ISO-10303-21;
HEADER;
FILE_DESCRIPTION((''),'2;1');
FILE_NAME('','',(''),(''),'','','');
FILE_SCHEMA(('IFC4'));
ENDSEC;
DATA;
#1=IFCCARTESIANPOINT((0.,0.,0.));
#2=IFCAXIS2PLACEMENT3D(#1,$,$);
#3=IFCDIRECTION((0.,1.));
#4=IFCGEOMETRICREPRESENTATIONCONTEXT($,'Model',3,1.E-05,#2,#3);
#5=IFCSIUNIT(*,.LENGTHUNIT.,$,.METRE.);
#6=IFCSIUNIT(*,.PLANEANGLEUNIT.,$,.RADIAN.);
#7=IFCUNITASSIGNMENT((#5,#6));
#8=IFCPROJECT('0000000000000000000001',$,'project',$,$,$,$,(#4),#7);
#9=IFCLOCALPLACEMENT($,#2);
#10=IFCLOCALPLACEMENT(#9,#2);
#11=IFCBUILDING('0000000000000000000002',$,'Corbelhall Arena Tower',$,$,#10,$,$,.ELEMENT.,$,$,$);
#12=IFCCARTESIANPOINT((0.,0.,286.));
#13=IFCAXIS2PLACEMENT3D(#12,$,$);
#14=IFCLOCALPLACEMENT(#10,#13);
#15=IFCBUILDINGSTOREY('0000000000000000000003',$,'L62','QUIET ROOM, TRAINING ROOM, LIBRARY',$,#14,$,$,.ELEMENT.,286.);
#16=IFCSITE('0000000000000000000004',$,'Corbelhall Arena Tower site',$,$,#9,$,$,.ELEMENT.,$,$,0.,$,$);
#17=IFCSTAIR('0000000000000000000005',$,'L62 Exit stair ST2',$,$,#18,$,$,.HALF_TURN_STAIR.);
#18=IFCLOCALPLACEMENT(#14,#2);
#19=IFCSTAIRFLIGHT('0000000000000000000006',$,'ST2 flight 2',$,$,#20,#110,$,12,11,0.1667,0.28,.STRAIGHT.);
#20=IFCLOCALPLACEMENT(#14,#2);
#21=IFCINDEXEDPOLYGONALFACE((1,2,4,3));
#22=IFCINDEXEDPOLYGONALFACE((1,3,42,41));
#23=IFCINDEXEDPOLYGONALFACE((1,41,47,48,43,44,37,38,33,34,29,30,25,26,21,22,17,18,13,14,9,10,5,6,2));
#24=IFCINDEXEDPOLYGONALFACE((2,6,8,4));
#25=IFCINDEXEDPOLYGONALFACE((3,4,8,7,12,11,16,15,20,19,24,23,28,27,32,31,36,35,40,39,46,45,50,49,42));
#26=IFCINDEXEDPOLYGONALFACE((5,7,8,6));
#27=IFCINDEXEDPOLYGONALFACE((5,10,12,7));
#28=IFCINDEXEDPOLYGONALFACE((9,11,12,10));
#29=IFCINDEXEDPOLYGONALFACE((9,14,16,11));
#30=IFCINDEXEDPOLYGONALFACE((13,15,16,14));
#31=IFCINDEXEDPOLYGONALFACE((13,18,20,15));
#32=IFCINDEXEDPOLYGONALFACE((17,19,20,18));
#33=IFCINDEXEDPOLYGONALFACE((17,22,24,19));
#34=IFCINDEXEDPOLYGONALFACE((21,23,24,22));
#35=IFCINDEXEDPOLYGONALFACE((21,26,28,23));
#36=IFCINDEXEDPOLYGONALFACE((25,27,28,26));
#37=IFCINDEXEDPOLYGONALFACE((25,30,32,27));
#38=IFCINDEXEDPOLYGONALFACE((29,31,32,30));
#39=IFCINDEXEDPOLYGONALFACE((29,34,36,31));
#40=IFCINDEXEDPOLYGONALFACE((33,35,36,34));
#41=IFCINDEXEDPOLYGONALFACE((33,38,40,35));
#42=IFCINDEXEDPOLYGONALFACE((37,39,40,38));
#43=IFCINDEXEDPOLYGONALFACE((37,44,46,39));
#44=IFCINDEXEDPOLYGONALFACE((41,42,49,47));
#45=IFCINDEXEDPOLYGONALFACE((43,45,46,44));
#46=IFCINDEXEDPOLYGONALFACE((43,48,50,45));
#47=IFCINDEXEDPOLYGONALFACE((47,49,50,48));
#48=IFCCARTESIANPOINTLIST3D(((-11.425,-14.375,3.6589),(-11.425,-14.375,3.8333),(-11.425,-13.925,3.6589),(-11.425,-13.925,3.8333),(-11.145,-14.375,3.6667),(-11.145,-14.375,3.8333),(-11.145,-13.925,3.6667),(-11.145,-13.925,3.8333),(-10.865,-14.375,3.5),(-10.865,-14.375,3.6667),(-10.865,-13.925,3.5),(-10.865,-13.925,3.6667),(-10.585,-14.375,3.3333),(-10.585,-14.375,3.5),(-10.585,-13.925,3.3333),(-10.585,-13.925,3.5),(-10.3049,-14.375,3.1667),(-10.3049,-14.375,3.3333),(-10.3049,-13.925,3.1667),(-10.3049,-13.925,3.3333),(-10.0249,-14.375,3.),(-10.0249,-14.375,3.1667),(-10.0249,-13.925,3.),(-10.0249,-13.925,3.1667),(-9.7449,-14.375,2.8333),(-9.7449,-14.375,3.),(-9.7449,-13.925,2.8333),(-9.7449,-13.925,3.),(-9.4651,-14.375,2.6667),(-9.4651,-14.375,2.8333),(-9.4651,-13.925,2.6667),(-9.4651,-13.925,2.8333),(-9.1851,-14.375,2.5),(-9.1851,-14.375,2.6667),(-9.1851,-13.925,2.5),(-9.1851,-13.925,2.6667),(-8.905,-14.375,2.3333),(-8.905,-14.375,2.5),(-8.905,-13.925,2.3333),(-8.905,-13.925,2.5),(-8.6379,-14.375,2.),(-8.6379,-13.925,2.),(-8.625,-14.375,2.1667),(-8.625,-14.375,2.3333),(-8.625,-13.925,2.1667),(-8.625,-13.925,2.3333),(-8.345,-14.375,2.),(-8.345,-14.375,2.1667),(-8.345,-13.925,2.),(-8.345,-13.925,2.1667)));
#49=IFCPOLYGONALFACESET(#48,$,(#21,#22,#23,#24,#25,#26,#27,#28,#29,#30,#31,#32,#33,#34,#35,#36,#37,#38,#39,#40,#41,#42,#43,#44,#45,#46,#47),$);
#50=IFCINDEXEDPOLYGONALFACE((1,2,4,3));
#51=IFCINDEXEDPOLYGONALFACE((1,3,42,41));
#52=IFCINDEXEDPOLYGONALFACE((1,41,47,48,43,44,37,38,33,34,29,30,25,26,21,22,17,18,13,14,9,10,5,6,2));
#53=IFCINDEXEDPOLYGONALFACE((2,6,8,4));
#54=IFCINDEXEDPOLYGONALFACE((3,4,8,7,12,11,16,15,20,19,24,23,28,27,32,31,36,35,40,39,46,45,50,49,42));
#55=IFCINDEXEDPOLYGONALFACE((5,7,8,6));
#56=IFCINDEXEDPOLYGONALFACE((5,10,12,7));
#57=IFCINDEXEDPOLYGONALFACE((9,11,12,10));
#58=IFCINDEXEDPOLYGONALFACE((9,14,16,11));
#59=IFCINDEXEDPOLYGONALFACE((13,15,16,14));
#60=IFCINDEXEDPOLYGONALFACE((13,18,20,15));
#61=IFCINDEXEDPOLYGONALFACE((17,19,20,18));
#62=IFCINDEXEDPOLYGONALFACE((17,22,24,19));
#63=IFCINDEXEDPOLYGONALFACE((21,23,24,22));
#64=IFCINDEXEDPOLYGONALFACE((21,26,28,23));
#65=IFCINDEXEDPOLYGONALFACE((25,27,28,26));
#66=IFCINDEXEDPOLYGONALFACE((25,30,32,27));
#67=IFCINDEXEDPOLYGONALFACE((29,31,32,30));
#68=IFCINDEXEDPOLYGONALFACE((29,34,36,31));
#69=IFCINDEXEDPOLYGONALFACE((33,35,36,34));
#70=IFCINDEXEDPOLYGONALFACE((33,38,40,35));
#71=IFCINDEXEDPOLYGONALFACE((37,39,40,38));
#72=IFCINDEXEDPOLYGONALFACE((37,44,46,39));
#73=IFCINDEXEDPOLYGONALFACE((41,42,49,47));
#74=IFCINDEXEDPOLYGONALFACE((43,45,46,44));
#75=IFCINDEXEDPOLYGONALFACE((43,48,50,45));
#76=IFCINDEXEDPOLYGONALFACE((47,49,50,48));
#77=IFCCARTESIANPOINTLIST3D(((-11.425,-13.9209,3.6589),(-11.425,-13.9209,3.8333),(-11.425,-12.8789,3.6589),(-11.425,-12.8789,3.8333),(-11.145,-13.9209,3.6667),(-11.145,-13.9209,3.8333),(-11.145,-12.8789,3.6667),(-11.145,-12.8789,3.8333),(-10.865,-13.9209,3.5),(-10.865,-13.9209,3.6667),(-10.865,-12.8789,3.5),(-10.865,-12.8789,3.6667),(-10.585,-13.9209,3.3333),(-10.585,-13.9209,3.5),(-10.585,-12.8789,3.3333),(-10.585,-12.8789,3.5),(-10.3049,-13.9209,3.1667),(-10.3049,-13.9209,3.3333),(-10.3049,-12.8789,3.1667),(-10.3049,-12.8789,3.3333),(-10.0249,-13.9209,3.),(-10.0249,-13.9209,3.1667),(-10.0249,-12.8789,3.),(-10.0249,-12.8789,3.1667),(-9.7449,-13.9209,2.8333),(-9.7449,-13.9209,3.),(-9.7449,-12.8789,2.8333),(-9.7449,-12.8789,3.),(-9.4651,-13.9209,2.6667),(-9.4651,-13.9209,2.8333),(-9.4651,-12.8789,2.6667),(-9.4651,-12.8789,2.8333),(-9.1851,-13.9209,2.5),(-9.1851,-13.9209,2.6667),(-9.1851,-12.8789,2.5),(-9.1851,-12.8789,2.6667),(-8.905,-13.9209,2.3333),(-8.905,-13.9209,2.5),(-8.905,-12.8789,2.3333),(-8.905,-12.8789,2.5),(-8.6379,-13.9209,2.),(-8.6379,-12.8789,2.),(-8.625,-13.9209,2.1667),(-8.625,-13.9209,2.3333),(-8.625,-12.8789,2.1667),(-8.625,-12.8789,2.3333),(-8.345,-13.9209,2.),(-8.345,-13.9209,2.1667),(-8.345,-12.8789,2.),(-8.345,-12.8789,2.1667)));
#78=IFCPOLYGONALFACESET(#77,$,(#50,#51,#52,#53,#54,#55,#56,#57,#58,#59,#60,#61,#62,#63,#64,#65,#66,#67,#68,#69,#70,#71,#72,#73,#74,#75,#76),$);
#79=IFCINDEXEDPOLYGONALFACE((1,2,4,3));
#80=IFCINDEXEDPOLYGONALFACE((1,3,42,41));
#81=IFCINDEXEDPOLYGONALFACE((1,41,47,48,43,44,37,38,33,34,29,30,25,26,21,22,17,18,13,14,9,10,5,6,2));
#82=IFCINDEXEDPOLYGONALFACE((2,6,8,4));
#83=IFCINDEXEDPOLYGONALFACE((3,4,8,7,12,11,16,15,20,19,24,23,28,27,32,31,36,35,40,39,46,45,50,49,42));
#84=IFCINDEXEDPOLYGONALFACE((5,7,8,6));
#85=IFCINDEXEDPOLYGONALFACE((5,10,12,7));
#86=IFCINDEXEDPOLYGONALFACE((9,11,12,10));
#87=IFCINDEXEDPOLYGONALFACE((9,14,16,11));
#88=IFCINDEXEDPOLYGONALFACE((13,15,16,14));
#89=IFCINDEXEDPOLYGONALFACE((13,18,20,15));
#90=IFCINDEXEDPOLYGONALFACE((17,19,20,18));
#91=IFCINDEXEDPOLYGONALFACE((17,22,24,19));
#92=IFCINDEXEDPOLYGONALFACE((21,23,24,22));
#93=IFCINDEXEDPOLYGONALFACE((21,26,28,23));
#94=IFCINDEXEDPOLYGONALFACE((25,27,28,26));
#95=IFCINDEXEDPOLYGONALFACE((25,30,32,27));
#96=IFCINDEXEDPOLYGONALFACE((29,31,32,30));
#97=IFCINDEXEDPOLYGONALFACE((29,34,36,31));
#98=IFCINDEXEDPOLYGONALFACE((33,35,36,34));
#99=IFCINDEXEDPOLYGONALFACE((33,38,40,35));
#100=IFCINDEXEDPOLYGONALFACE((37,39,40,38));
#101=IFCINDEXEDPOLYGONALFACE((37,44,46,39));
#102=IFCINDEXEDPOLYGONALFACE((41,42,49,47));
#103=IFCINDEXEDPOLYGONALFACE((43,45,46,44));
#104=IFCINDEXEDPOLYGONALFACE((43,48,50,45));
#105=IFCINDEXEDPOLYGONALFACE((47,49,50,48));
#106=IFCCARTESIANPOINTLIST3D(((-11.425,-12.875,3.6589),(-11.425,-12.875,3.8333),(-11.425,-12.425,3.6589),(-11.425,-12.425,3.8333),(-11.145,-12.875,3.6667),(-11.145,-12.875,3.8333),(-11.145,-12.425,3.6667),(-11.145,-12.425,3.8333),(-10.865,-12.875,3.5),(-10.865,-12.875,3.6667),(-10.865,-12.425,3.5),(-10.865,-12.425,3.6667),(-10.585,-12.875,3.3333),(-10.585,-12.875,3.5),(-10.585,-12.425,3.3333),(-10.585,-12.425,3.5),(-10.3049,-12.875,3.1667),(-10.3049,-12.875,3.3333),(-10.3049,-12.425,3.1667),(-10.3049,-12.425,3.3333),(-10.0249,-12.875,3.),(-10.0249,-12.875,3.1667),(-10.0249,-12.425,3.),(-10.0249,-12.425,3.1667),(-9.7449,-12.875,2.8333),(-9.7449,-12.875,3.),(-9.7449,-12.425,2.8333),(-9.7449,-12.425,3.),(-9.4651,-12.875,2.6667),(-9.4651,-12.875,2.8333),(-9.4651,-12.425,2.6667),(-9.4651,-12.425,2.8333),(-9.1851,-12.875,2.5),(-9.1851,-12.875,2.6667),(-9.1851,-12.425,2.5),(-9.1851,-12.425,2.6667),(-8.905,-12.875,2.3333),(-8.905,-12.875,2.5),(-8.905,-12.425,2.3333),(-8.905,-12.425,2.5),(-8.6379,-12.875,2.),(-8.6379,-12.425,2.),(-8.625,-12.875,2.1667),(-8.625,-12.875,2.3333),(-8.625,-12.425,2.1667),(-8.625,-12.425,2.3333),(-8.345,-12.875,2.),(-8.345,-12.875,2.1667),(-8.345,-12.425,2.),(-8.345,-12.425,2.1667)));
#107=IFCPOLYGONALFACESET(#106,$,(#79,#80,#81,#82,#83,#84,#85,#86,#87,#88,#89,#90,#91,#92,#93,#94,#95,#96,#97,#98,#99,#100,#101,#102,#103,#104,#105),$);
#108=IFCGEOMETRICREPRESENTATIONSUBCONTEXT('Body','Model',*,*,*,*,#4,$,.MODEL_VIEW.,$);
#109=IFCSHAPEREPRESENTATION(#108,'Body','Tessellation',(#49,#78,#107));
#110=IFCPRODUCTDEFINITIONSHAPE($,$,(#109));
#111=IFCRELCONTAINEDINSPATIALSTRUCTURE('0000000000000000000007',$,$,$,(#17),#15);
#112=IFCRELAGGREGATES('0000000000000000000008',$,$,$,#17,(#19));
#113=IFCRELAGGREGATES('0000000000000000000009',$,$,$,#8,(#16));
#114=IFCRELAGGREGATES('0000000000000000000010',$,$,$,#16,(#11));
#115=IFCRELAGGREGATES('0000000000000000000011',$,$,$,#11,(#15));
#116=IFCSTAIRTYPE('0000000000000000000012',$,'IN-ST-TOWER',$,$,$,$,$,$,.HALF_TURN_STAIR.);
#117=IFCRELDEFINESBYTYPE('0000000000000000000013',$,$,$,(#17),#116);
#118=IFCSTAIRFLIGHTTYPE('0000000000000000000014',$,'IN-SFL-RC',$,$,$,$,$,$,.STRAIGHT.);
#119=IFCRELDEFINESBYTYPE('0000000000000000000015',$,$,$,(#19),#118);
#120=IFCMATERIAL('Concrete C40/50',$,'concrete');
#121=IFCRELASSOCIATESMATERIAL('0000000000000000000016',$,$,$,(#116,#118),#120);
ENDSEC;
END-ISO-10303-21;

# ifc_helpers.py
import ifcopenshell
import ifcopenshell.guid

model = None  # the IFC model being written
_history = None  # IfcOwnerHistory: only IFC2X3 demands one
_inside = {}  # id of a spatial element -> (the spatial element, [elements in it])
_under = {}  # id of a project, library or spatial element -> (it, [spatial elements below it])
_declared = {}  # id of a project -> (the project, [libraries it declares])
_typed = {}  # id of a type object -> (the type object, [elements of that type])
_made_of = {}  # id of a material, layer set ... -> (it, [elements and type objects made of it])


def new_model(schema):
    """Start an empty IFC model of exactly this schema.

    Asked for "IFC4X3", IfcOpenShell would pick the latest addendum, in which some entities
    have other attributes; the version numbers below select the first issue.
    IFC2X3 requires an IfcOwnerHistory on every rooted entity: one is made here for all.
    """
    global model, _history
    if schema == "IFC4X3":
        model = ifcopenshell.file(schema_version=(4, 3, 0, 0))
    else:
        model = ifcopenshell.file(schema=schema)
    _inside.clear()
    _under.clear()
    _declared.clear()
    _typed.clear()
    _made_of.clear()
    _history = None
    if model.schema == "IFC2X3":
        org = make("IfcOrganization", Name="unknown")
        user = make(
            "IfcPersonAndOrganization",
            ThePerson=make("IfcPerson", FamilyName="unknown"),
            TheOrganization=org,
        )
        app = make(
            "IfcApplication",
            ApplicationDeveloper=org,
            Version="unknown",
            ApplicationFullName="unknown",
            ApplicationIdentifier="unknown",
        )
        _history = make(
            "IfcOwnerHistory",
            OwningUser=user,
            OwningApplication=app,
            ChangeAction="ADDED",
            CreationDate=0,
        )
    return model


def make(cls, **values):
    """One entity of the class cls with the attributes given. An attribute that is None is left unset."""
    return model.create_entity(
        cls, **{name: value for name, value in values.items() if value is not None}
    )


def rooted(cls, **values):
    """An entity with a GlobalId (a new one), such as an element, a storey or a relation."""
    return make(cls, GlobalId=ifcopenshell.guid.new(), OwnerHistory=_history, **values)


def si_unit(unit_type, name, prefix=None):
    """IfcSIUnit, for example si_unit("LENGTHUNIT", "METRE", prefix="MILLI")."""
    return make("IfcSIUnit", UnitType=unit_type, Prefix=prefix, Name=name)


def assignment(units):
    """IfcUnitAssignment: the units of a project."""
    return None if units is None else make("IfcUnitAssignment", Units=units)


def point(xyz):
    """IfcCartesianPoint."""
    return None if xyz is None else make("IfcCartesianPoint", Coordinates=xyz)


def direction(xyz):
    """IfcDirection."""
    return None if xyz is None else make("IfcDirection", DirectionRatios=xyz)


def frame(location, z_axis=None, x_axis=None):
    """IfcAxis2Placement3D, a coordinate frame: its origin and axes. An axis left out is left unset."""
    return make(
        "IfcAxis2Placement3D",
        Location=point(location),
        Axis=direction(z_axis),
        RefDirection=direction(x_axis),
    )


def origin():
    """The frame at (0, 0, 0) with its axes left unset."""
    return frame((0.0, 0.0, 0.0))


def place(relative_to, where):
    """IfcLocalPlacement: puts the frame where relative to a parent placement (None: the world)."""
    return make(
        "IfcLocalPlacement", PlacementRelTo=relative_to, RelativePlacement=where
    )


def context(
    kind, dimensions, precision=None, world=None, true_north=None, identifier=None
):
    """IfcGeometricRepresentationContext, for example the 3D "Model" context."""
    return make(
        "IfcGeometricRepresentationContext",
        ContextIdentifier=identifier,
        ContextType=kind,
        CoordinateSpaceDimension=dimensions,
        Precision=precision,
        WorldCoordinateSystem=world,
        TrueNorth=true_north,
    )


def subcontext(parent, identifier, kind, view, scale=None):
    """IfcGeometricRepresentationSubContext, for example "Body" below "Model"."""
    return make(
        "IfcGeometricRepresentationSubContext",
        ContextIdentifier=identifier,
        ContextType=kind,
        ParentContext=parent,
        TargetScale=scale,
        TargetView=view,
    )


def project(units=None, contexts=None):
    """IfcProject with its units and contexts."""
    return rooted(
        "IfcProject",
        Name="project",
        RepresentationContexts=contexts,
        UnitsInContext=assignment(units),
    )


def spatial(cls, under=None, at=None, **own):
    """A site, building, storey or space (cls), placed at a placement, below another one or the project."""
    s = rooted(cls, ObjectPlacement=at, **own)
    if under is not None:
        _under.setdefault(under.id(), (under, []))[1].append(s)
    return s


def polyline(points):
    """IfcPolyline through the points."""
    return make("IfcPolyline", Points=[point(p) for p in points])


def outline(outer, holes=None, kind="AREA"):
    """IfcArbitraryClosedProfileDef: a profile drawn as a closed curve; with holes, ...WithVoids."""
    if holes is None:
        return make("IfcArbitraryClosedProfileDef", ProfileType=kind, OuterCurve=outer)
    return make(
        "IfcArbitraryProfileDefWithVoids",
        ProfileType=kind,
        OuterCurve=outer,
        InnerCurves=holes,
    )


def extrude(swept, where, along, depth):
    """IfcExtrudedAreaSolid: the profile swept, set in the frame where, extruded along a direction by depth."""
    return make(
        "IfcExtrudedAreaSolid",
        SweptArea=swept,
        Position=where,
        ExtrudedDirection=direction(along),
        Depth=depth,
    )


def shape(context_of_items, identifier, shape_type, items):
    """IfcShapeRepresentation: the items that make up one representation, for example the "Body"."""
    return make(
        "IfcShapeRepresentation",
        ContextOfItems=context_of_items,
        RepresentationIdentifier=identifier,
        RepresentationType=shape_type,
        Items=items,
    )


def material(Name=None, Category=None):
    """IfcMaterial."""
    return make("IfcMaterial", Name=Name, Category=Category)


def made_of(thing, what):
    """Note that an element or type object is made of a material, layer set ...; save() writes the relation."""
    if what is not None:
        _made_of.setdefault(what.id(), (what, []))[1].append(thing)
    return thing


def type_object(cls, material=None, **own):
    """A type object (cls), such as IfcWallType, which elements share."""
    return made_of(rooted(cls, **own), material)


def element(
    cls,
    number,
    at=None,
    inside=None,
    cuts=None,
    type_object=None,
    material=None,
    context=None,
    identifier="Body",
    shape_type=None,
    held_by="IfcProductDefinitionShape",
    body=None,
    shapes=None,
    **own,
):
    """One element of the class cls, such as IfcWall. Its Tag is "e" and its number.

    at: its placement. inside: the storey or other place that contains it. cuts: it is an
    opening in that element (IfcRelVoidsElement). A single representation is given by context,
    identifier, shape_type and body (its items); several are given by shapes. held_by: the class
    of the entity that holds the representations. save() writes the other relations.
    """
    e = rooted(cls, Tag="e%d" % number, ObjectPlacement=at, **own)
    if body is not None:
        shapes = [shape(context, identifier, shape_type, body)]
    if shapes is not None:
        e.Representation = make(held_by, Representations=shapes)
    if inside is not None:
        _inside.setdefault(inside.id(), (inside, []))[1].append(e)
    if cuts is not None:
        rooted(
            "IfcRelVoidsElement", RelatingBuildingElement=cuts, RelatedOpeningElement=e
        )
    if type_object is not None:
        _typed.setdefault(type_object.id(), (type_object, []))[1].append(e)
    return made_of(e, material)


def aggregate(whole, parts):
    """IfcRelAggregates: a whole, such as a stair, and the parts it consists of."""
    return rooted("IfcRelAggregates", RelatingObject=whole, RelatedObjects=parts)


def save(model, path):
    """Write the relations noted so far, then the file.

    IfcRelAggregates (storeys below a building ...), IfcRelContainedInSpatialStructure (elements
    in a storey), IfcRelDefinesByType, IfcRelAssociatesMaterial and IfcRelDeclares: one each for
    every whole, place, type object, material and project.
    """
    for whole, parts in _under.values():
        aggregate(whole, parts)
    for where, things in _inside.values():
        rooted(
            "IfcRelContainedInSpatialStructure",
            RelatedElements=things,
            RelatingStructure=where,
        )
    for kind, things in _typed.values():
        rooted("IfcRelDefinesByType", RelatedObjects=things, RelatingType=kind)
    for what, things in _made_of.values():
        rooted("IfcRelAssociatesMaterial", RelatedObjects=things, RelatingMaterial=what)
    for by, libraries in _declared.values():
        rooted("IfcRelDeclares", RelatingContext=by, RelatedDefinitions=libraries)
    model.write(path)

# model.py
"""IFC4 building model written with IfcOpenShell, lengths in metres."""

from ifc_helpers import new_model, si_unit, direction, frame, origin, place, context, subcontext, project, spatial, polyline, outline, extrude, material, type_object, element, aggregate, save


model = new_model("IFC4")

# Units and contexts
model_context = context("Model", 3, precision=1e-05, world=origin(), true_north=direction((0.0, 1.0)))
body_context = subcontext(model_context, "Body", "Model", "MODEL_VIEW")
ifc_project = project(units=[si_unit("LENGTHUNIT", "METRE"), si_unit("PLANEANGLEUNIT", "RADIAN")], contexts=[model_context])

# Site, building, storey
site_placement = place(None, origin())
site = spatial("IfcSite", under=ifc_project, at=site_placement, Name="Corbelhall Arena Tower site", CompositionType="ELEMENT", RefElevation=0.0)
building_placement = place(site_placement, origin())
building = spatial("IfcBuilding", under=site, at=building_placement, Name="Corbelhall Arena Tower", CompositionType="ELEMENT")
storey_placement = place(building_placement, frame((0.0, 0.0, 286.0)))
storey = spatial("IfcBuildingStorey", under=building, at=storey_placement, Name="L62", Description="QUIET ROOM, TRAINING ROOM, LIBRARY", CompositionType="ELEMENT", Elevation=286.0)

# Shared definitions
ifc_material_1 = material(Name="Concrete C40/50", Category="concrete")

# Stair, stair flight
stair_type = type_object("IfcStairType", Name="IN-ST-TOWER", PredefinedType="HALF_TURN_STAIR", material=ifc_material_1)
stair_placement = place(storey_placement, origin())
stair = element("IfcStair", 1, at=stair_placement, inside=storey, type_object=stair_type, Name="L62 Exit stair ST2", PredefinedType="HALF_TURN_STAIR")
stair_flight_type = type_object("IfcStairFlightType", Name="IN-SFL-RC", PredefinedType="STRAIGHT", material=ifc_material_1)
stair_flight_1_placement = place(storey_placement, frame((-8.345, -13.3999, 2.0), z_axis=(0.0, 0.0, 1.0), x_axis=(-1.0, 0.0, 0.0)))
stair_flight_1 = element("IfcStairFlight", 2, at=stair_flight_1_placement, type_object=stair_flight_type, Name="ST2 flight 2", NumberOfRisers=12, NumberOfTreads=11, PredefinedType="STRAIGHT", RiserHeight=0.1667, TreadLength=0.28, context=body_context, shape_type="SweptSolid", body=[
    extrude(outline(polyline([(0.0, 0.0), (0.0, 0.1667), (0.28, 0.1667), (0.28, 0.3333), (0.5601, 0.3333), (0.5601, 0.5), (0.8401, 0.5), (0.8401, 0.6667), (1.1201, 0.6667), (1.1201, 0.8333), (1.3999, 0.8333), (1.3999, 1.0), (1.6799, 1.0), (1.6799, 1.1667), (1.96, 1.1667), (1.96, 1.3333), (2.24, 1.3333), (2.24, 1.5), (2.52, 1.5), (2.52, 1.6667), (2.8, 1.6667), (2.8, 1.8333), (3.0801, 1.8333), (3.0801, 2.0), (3.0801, 1.6589), (0.293, 0.0), (0.0, 0.0)])), frame((0.0, 0.9751, 0.0), z_axis=(0.0, -1.0, 0.0), x_axis=(1.0, 0.0, 0.0)), (0.0, 0.0, 1.0), 0.45),
    extrude(outline(polyline([(0.0, 0.0), (0.0, 0.1667), (0.28, 0.1667), (0.28, 0.3333), (0.5601, 0.3333), (0.5601, 0.5), (0.8401, 0.5), (0.8401, 0.6667), (1.1201, 0.6667), (1.1201, 0.8333), (1.3999, 0.8333), (1.3999, 1.0), (1.6799, 1.0), (1.6799, 1.1667), (1.96, 1.1667), (1.96, 1.3333), (2.24, 1.3333), (2.24, 1.5), (2.52, 1.5), (2.52, 1.6667), (2.8, 1.6667), (2.8, 1.8333), (3.0801, 1.8333), (3.0801, 2.0), (3.0801, 1.6589), (0.293, 0.0), (0.0, 0.0)])), frame((0.0, 0.521, 0.0), z_axis=(0.0, -1.0, 0.0), x_axis=(1.0, 0.0, 0.0)), (0.0, 0.0, 1.0), 1.042),
    extrude(outline(polyline([(0.0, 0.0), (0.0, 0.1667), (0.28, 0.1667), (0.28, 0.3333), (0.5601, 0.3333), (0.5601, 0.5), (0.8401, 0.5), (0.8401, 0.6667), (1.1201, 0.6667), (1.1201, 0.8333), (1.3999, 0.8333), (1.3999, 1.0), (1.6799, 1.0), (1.6799, 1.1667), (1.96, 1.1667), (1.96, 1.3333), (2.24, 1.3333), (2.24, 1.5), (2.52, 1.5), (2.52, 1.6667), (2.8, 1.6667), (2.8, 1.8333), (3.0801, 1.8333), (3.0801, 2.0), (3.0801, 1.6589), (0.293, 0.0), (0.0, 0.0)])), frame((0.0, -0.5249, 0.0), z_axis=(0.0, -1.0, 0.0), x_axis=(1.0, 0.0, 0.0)), (0.0, 0.0, 1.0), 0.45),
])
aggregate(stair, [stair_flight_1])

save(model, "model.ifc")
